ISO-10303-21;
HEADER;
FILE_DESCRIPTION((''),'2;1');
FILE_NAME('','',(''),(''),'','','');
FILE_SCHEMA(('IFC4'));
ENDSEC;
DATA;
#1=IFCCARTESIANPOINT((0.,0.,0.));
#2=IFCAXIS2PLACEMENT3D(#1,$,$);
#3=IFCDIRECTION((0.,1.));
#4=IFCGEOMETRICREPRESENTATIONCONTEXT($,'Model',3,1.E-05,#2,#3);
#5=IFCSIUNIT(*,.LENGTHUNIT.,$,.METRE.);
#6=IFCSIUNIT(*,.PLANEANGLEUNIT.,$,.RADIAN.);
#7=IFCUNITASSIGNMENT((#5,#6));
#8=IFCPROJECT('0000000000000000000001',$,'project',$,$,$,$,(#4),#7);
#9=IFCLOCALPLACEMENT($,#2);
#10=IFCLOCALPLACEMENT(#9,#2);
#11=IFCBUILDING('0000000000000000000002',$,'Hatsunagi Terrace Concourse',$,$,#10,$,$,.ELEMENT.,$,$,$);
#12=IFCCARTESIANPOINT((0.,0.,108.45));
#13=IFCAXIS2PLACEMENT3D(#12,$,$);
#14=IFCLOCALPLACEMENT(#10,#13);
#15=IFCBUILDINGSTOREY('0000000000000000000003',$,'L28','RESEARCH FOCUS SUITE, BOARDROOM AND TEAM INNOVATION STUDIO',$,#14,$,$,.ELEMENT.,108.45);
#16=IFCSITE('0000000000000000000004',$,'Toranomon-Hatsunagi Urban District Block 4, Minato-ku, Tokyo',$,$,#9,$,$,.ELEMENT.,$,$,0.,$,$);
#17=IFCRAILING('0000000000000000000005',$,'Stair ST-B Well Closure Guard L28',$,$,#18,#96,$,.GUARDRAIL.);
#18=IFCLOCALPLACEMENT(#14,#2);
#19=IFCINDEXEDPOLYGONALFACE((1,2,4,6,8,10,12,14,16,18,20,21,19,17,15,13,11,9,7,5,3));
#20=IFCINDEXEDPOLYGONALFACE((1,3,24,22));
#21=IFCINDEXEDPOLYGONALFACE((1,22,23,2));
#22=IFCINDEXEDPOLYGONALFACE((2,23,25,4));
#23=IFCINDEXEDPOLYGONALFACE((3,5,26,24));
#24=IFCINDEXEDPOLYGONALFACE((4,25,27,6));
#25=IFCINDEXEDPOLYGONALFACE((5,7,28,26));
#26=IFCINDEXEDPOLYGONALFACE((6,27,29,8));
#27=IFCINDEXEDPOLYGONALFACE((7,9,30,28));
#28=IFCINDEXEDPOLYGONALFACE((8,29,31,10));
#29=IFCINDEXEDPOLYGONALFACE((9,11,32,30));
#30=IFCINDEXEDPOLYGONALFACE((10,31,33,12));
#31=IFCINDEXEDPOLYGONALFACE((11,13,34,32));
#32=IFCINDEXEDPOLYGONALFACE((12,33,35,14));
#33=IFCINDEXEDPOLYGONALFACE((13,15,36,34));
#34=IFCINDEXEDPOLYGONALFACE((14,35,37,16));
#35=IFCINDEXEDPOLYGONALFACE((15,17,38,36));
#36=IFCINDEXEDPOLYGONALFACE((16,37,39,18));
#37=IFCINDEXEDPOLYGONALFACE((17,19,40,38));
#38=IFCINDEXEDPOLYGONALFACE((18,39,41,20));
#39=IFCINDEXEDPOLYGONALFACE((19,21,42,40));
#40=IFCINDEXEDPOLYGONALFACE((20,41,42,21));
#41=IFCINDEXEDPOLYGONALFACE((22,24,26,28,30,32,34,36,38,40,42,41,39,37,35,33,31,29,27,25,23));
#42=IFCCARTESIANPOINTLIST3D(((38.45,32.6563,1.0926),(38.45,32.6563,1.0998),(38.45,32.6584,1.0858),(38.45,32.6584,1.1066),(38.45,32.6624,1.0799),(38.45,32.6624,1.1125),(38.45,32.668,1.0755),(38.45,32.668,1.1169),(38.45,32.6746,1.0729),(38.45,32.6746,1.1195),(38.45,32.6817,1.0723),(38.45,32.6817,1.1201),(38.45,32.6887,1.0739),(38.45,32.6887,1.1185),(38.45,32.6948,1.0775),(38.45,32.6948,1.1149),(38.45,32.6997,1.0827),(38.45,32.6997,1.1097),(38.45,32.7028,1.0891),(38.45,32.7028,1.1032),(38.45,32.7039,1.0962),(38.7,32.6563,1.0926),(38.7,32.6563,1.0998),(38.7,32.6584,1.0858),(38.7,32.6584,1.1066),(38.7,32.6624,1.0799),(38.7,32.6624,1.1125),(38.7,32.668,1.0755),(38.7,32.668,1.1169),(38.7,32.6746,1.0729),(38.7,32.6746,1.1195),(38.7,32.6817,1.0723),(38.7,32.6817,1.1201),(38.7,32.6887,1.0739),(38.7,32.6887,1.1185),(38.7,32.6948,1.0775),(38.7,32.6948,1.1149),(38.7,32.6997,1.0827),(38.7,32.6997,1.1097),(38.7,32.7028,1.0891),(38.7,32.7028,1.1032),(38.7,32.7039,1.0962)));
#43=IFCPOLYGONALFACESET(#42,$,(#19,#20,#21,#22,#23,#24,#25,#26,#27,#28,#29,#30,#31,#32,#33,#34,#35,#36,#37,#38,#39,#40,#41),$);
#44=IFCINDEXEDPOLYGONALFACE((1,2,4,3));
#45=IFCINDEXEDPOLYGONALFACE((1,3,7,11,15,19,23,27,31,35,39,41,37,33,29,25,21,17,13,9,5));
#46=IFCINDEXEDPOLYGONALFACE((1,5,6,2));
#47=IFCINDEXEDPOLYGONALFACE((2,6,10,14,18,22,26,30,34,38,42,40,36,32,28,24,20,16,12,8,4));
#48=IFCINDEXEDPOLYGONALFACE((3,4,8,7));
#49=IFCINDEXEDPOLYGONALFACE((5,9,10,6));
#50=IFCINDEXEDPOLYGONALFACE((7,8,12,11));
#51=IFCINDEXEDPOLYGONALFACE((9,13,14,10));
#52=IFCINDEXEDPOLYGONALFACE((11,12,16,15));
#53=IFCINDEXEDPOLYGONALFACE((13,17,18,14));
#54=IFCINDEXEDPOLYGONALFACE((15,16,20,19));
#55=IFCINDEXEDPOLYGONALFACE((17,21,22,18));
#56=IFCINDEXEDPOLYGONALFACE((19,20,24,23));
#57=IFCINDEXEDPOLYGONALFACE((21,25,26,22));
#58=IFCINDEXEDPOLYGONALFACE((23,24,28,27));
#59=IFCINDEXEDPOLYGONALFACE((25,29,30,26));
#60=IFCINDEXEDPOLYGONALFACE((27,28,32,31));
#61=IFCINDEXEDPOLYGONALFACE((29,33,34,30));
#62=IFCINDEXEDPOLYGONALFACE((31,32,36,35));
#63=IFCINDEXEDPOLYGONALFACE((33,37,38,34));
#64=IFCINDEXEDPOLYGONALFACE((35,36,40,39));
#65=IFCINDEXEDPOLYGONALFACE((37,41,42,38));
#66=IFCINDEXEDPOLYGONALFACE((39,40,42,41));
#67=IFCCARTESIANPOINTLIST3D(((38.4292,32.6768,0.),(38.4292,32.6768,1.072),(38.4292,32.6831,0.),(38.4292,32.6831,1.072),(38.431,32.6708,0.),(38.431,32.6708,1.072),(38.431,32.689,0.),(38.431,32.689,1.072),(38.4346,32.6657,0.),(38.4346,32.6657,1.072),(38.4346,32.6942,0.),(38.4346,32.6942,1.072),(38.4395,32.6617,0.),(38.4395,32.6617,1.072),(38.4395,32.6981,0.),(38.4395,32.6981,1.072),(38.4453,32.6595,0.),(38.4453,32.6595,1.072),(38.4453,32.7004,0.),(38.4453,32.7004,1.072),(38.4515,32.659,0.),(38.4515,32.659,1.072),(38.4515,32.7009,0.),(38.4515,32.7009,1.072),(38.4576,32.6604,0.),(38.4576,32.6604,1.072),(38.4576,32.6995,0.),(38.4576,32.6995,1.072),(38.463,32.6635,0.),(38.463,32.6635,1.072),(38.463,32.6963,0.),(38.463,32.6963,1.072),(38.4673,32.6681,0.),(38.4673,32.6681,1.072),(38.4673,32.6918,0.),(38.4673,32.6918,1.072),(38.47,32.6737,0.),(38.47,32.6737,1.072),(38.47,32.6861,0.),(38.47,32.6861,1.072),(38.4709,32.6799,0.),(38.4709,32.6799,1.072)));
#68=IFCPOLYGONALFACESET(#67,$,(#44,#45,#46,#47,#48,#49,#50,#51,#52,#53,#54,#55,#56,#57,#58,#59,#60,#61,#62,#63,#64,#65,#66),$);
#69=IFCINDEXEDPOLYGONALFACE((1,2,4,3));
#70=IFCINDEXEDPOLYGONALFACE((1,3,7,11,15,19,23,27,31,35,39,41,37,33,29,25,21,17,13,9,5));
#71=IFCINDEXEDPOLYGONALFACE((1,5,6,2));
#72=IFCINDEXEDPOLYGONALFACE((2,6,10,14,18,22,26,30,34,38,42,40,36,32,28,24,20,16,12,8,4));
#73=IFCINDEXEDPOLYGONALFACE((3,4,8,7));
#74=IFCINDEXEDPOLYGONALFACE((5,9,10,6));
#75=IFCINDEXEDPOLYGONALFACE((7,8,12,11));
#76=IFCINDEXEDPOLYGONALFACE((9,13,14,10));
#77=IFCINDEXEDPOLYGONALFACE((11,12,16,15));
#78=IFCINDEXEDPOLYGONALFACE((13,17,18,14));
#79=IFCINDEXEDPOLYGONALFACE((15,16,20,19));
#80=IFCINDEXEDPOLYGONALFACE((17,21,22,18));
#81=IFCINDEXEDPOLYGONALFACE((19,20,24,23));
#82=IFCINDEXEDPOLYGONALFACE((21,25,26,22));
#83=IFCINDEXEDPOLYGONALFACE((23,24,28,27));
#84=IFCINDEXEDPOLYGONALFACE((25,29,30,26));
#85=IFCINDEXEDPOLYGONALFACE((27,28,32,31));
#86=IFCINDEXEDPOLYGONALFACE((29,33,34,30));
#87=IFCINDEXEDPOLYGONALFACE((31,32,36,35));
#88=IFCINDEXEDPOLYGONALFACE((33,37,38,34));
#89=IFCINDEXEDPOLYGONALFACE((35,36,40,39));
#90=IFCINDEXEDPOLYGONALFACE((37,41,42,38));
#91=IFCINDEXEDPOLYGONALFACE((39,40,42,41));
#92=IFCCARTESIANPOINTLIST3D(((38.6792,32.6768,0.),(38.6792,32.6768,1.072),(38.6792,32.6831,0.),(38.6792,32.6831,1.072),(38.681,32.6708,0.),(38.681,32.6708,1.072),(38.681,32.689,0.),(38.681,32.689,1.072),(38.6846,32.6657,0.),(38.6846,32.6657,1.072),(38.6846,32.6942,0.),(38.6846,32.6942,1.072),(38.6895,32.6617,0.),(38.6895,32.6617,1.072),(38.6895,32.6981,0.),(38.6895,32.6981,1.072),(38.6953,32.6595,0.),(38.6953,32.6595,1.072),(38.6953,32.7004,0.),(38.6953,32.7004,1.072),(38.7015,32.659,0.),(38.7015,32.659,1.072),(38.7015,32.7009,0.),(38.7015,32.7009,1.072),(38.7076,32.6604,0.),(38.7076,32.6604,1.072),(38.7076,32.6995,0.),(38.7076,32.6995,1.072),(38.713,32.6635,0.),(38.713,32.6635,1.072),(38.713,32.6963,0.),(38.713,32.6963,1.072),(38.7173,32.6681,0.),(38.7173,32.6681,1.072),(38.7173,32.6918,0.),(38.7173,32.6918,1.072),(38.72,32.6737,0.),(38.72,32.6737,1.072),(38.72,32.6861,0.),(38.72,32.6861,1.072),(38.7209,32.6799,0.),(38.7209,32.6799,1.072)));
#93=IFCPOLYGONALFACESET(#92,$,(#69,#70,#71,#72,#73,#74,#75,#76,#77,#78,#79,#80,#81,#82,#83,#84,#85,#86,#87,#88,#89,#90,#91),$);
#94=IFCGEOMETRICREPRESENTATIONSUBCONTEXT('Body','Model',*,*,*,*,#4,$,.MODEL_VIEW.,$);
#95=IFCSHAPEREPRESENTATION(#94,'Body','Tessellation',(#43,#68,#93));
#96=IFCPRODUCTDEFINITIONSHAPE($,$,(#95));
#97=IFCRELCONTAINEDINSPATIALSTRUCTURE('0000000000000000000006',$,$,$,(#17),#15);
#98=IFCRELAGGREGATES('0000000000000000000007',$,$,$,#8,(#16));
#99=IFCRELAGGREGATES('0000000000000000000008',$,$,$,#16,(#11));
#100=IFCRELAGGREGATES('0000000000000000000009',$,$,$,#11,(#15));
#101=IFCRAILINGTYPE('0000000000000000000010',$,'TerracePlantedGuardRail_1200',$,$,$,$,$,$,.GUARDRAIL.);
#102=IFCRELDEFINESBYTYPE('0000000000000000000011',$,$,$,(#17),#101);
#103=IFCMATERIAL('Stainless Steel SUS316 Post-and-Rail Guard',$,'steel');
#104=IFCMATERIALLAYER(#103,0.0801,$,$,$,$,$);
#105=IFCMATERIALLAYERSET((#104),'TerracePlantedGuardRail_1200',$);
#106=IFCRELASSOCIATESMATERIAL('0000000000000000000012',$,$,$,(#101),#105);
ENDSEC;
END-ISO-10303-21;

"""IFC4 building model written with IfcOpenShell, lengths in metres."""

from ifc_helpers import new_model, si_unit, direction, frame, origin, origin_2d, place, context, subcontext, project, spatial, circle, extrude, material, layer, layer_set, type_object, element, save


model = new_model("IFC4")

# Units and contexts
model_context = context("Model", 3, precision=1e-05, world=origin(), true_north=direction((0.0, 1.0)))
body_context = subcontext(model_context, "Body", "Model", "MODEL_VIEW")
ifc_project = project(units=[si_unit("LENGTHUNIT", "METRE"), si_unit("PLANEANGLEUNIT", "RADIAN")], contexts=[model_context])

# Site, building, storey
site_placement = place(None, origin())
site = spatial("IfcSite", under=ifc_project, at=site_placement, Name="Toranomon-Hatsunagi Urban District Block 4, Minato-ku, Tokyo", CompositionType="ELEMENT", RefElevation=0.0)
building_placement = place(site_placement, origin())
building = spatial("IfcBuilding", under=site, at=building_placement, Name="Hatsunagi Terrace Concourse", CompositionType="ELEMENT")
storey_placement = place(building_placement, frame((0.0, 0.0, 108.45)))
storey = spatial("IfcBuildingStorey", under=building, at=storey_placement, Name="L28", Description="RESEARCH FOCUS SUITE, BOARDROOM AND TEAM INNOVATION STUDIO", CompositionType="ELEMENT", Elevation=108.45)

# Railing
ifc_material_1 = material(Name="Stainless Steel SUS316 Post-and-Rail Guard", Category="steel")
ifc_layer_1 = layer(ifc_material_1, 0.0801)
ifc_layer_set_1 = layer_set([ifc_layer_1], Name="TerracePlantedGuardRail_1200")
railing_type_1 = type_object("IfcRailingType", Name="TerracePlantedGuardRail_1200", PredefinedType="GUARDRAIL", material=ifc_layer_set_1)
railing_1_placement = place(storey_placement, frame((38.45, 32.6799, 0.0)))
element("IfcRailing", 1, at=railing_1_placement, inside=storey, type_object=railing_type_1, Name="Stair ST-B Well Closure Guard L28", PredefinedType="GUARDRAIL", context=body_context, shape_type="SweptSolid", body=[
    extrude(circle(Radius=0.0239, at=origin_2d()), frame((0.0, 0.0, 1.0962), z_axis=(1.0, 0.0, 0.0), x_axis=(0.0, 1.0, 0.0)), (0.0, 0.0, 1.0), 0.25),
    extrude(circle(Radius=0.021, at=origin_2d()), origin(), (0.0, 0.0, 1.0), 1.072),
    extrude(circle(Radius=0.021, at=origin_2d()), frame((0.25, 0.0, 0.0)), (0.0, 0.0, 1.0), 1.072),
])

save(model, "model.ifc")
